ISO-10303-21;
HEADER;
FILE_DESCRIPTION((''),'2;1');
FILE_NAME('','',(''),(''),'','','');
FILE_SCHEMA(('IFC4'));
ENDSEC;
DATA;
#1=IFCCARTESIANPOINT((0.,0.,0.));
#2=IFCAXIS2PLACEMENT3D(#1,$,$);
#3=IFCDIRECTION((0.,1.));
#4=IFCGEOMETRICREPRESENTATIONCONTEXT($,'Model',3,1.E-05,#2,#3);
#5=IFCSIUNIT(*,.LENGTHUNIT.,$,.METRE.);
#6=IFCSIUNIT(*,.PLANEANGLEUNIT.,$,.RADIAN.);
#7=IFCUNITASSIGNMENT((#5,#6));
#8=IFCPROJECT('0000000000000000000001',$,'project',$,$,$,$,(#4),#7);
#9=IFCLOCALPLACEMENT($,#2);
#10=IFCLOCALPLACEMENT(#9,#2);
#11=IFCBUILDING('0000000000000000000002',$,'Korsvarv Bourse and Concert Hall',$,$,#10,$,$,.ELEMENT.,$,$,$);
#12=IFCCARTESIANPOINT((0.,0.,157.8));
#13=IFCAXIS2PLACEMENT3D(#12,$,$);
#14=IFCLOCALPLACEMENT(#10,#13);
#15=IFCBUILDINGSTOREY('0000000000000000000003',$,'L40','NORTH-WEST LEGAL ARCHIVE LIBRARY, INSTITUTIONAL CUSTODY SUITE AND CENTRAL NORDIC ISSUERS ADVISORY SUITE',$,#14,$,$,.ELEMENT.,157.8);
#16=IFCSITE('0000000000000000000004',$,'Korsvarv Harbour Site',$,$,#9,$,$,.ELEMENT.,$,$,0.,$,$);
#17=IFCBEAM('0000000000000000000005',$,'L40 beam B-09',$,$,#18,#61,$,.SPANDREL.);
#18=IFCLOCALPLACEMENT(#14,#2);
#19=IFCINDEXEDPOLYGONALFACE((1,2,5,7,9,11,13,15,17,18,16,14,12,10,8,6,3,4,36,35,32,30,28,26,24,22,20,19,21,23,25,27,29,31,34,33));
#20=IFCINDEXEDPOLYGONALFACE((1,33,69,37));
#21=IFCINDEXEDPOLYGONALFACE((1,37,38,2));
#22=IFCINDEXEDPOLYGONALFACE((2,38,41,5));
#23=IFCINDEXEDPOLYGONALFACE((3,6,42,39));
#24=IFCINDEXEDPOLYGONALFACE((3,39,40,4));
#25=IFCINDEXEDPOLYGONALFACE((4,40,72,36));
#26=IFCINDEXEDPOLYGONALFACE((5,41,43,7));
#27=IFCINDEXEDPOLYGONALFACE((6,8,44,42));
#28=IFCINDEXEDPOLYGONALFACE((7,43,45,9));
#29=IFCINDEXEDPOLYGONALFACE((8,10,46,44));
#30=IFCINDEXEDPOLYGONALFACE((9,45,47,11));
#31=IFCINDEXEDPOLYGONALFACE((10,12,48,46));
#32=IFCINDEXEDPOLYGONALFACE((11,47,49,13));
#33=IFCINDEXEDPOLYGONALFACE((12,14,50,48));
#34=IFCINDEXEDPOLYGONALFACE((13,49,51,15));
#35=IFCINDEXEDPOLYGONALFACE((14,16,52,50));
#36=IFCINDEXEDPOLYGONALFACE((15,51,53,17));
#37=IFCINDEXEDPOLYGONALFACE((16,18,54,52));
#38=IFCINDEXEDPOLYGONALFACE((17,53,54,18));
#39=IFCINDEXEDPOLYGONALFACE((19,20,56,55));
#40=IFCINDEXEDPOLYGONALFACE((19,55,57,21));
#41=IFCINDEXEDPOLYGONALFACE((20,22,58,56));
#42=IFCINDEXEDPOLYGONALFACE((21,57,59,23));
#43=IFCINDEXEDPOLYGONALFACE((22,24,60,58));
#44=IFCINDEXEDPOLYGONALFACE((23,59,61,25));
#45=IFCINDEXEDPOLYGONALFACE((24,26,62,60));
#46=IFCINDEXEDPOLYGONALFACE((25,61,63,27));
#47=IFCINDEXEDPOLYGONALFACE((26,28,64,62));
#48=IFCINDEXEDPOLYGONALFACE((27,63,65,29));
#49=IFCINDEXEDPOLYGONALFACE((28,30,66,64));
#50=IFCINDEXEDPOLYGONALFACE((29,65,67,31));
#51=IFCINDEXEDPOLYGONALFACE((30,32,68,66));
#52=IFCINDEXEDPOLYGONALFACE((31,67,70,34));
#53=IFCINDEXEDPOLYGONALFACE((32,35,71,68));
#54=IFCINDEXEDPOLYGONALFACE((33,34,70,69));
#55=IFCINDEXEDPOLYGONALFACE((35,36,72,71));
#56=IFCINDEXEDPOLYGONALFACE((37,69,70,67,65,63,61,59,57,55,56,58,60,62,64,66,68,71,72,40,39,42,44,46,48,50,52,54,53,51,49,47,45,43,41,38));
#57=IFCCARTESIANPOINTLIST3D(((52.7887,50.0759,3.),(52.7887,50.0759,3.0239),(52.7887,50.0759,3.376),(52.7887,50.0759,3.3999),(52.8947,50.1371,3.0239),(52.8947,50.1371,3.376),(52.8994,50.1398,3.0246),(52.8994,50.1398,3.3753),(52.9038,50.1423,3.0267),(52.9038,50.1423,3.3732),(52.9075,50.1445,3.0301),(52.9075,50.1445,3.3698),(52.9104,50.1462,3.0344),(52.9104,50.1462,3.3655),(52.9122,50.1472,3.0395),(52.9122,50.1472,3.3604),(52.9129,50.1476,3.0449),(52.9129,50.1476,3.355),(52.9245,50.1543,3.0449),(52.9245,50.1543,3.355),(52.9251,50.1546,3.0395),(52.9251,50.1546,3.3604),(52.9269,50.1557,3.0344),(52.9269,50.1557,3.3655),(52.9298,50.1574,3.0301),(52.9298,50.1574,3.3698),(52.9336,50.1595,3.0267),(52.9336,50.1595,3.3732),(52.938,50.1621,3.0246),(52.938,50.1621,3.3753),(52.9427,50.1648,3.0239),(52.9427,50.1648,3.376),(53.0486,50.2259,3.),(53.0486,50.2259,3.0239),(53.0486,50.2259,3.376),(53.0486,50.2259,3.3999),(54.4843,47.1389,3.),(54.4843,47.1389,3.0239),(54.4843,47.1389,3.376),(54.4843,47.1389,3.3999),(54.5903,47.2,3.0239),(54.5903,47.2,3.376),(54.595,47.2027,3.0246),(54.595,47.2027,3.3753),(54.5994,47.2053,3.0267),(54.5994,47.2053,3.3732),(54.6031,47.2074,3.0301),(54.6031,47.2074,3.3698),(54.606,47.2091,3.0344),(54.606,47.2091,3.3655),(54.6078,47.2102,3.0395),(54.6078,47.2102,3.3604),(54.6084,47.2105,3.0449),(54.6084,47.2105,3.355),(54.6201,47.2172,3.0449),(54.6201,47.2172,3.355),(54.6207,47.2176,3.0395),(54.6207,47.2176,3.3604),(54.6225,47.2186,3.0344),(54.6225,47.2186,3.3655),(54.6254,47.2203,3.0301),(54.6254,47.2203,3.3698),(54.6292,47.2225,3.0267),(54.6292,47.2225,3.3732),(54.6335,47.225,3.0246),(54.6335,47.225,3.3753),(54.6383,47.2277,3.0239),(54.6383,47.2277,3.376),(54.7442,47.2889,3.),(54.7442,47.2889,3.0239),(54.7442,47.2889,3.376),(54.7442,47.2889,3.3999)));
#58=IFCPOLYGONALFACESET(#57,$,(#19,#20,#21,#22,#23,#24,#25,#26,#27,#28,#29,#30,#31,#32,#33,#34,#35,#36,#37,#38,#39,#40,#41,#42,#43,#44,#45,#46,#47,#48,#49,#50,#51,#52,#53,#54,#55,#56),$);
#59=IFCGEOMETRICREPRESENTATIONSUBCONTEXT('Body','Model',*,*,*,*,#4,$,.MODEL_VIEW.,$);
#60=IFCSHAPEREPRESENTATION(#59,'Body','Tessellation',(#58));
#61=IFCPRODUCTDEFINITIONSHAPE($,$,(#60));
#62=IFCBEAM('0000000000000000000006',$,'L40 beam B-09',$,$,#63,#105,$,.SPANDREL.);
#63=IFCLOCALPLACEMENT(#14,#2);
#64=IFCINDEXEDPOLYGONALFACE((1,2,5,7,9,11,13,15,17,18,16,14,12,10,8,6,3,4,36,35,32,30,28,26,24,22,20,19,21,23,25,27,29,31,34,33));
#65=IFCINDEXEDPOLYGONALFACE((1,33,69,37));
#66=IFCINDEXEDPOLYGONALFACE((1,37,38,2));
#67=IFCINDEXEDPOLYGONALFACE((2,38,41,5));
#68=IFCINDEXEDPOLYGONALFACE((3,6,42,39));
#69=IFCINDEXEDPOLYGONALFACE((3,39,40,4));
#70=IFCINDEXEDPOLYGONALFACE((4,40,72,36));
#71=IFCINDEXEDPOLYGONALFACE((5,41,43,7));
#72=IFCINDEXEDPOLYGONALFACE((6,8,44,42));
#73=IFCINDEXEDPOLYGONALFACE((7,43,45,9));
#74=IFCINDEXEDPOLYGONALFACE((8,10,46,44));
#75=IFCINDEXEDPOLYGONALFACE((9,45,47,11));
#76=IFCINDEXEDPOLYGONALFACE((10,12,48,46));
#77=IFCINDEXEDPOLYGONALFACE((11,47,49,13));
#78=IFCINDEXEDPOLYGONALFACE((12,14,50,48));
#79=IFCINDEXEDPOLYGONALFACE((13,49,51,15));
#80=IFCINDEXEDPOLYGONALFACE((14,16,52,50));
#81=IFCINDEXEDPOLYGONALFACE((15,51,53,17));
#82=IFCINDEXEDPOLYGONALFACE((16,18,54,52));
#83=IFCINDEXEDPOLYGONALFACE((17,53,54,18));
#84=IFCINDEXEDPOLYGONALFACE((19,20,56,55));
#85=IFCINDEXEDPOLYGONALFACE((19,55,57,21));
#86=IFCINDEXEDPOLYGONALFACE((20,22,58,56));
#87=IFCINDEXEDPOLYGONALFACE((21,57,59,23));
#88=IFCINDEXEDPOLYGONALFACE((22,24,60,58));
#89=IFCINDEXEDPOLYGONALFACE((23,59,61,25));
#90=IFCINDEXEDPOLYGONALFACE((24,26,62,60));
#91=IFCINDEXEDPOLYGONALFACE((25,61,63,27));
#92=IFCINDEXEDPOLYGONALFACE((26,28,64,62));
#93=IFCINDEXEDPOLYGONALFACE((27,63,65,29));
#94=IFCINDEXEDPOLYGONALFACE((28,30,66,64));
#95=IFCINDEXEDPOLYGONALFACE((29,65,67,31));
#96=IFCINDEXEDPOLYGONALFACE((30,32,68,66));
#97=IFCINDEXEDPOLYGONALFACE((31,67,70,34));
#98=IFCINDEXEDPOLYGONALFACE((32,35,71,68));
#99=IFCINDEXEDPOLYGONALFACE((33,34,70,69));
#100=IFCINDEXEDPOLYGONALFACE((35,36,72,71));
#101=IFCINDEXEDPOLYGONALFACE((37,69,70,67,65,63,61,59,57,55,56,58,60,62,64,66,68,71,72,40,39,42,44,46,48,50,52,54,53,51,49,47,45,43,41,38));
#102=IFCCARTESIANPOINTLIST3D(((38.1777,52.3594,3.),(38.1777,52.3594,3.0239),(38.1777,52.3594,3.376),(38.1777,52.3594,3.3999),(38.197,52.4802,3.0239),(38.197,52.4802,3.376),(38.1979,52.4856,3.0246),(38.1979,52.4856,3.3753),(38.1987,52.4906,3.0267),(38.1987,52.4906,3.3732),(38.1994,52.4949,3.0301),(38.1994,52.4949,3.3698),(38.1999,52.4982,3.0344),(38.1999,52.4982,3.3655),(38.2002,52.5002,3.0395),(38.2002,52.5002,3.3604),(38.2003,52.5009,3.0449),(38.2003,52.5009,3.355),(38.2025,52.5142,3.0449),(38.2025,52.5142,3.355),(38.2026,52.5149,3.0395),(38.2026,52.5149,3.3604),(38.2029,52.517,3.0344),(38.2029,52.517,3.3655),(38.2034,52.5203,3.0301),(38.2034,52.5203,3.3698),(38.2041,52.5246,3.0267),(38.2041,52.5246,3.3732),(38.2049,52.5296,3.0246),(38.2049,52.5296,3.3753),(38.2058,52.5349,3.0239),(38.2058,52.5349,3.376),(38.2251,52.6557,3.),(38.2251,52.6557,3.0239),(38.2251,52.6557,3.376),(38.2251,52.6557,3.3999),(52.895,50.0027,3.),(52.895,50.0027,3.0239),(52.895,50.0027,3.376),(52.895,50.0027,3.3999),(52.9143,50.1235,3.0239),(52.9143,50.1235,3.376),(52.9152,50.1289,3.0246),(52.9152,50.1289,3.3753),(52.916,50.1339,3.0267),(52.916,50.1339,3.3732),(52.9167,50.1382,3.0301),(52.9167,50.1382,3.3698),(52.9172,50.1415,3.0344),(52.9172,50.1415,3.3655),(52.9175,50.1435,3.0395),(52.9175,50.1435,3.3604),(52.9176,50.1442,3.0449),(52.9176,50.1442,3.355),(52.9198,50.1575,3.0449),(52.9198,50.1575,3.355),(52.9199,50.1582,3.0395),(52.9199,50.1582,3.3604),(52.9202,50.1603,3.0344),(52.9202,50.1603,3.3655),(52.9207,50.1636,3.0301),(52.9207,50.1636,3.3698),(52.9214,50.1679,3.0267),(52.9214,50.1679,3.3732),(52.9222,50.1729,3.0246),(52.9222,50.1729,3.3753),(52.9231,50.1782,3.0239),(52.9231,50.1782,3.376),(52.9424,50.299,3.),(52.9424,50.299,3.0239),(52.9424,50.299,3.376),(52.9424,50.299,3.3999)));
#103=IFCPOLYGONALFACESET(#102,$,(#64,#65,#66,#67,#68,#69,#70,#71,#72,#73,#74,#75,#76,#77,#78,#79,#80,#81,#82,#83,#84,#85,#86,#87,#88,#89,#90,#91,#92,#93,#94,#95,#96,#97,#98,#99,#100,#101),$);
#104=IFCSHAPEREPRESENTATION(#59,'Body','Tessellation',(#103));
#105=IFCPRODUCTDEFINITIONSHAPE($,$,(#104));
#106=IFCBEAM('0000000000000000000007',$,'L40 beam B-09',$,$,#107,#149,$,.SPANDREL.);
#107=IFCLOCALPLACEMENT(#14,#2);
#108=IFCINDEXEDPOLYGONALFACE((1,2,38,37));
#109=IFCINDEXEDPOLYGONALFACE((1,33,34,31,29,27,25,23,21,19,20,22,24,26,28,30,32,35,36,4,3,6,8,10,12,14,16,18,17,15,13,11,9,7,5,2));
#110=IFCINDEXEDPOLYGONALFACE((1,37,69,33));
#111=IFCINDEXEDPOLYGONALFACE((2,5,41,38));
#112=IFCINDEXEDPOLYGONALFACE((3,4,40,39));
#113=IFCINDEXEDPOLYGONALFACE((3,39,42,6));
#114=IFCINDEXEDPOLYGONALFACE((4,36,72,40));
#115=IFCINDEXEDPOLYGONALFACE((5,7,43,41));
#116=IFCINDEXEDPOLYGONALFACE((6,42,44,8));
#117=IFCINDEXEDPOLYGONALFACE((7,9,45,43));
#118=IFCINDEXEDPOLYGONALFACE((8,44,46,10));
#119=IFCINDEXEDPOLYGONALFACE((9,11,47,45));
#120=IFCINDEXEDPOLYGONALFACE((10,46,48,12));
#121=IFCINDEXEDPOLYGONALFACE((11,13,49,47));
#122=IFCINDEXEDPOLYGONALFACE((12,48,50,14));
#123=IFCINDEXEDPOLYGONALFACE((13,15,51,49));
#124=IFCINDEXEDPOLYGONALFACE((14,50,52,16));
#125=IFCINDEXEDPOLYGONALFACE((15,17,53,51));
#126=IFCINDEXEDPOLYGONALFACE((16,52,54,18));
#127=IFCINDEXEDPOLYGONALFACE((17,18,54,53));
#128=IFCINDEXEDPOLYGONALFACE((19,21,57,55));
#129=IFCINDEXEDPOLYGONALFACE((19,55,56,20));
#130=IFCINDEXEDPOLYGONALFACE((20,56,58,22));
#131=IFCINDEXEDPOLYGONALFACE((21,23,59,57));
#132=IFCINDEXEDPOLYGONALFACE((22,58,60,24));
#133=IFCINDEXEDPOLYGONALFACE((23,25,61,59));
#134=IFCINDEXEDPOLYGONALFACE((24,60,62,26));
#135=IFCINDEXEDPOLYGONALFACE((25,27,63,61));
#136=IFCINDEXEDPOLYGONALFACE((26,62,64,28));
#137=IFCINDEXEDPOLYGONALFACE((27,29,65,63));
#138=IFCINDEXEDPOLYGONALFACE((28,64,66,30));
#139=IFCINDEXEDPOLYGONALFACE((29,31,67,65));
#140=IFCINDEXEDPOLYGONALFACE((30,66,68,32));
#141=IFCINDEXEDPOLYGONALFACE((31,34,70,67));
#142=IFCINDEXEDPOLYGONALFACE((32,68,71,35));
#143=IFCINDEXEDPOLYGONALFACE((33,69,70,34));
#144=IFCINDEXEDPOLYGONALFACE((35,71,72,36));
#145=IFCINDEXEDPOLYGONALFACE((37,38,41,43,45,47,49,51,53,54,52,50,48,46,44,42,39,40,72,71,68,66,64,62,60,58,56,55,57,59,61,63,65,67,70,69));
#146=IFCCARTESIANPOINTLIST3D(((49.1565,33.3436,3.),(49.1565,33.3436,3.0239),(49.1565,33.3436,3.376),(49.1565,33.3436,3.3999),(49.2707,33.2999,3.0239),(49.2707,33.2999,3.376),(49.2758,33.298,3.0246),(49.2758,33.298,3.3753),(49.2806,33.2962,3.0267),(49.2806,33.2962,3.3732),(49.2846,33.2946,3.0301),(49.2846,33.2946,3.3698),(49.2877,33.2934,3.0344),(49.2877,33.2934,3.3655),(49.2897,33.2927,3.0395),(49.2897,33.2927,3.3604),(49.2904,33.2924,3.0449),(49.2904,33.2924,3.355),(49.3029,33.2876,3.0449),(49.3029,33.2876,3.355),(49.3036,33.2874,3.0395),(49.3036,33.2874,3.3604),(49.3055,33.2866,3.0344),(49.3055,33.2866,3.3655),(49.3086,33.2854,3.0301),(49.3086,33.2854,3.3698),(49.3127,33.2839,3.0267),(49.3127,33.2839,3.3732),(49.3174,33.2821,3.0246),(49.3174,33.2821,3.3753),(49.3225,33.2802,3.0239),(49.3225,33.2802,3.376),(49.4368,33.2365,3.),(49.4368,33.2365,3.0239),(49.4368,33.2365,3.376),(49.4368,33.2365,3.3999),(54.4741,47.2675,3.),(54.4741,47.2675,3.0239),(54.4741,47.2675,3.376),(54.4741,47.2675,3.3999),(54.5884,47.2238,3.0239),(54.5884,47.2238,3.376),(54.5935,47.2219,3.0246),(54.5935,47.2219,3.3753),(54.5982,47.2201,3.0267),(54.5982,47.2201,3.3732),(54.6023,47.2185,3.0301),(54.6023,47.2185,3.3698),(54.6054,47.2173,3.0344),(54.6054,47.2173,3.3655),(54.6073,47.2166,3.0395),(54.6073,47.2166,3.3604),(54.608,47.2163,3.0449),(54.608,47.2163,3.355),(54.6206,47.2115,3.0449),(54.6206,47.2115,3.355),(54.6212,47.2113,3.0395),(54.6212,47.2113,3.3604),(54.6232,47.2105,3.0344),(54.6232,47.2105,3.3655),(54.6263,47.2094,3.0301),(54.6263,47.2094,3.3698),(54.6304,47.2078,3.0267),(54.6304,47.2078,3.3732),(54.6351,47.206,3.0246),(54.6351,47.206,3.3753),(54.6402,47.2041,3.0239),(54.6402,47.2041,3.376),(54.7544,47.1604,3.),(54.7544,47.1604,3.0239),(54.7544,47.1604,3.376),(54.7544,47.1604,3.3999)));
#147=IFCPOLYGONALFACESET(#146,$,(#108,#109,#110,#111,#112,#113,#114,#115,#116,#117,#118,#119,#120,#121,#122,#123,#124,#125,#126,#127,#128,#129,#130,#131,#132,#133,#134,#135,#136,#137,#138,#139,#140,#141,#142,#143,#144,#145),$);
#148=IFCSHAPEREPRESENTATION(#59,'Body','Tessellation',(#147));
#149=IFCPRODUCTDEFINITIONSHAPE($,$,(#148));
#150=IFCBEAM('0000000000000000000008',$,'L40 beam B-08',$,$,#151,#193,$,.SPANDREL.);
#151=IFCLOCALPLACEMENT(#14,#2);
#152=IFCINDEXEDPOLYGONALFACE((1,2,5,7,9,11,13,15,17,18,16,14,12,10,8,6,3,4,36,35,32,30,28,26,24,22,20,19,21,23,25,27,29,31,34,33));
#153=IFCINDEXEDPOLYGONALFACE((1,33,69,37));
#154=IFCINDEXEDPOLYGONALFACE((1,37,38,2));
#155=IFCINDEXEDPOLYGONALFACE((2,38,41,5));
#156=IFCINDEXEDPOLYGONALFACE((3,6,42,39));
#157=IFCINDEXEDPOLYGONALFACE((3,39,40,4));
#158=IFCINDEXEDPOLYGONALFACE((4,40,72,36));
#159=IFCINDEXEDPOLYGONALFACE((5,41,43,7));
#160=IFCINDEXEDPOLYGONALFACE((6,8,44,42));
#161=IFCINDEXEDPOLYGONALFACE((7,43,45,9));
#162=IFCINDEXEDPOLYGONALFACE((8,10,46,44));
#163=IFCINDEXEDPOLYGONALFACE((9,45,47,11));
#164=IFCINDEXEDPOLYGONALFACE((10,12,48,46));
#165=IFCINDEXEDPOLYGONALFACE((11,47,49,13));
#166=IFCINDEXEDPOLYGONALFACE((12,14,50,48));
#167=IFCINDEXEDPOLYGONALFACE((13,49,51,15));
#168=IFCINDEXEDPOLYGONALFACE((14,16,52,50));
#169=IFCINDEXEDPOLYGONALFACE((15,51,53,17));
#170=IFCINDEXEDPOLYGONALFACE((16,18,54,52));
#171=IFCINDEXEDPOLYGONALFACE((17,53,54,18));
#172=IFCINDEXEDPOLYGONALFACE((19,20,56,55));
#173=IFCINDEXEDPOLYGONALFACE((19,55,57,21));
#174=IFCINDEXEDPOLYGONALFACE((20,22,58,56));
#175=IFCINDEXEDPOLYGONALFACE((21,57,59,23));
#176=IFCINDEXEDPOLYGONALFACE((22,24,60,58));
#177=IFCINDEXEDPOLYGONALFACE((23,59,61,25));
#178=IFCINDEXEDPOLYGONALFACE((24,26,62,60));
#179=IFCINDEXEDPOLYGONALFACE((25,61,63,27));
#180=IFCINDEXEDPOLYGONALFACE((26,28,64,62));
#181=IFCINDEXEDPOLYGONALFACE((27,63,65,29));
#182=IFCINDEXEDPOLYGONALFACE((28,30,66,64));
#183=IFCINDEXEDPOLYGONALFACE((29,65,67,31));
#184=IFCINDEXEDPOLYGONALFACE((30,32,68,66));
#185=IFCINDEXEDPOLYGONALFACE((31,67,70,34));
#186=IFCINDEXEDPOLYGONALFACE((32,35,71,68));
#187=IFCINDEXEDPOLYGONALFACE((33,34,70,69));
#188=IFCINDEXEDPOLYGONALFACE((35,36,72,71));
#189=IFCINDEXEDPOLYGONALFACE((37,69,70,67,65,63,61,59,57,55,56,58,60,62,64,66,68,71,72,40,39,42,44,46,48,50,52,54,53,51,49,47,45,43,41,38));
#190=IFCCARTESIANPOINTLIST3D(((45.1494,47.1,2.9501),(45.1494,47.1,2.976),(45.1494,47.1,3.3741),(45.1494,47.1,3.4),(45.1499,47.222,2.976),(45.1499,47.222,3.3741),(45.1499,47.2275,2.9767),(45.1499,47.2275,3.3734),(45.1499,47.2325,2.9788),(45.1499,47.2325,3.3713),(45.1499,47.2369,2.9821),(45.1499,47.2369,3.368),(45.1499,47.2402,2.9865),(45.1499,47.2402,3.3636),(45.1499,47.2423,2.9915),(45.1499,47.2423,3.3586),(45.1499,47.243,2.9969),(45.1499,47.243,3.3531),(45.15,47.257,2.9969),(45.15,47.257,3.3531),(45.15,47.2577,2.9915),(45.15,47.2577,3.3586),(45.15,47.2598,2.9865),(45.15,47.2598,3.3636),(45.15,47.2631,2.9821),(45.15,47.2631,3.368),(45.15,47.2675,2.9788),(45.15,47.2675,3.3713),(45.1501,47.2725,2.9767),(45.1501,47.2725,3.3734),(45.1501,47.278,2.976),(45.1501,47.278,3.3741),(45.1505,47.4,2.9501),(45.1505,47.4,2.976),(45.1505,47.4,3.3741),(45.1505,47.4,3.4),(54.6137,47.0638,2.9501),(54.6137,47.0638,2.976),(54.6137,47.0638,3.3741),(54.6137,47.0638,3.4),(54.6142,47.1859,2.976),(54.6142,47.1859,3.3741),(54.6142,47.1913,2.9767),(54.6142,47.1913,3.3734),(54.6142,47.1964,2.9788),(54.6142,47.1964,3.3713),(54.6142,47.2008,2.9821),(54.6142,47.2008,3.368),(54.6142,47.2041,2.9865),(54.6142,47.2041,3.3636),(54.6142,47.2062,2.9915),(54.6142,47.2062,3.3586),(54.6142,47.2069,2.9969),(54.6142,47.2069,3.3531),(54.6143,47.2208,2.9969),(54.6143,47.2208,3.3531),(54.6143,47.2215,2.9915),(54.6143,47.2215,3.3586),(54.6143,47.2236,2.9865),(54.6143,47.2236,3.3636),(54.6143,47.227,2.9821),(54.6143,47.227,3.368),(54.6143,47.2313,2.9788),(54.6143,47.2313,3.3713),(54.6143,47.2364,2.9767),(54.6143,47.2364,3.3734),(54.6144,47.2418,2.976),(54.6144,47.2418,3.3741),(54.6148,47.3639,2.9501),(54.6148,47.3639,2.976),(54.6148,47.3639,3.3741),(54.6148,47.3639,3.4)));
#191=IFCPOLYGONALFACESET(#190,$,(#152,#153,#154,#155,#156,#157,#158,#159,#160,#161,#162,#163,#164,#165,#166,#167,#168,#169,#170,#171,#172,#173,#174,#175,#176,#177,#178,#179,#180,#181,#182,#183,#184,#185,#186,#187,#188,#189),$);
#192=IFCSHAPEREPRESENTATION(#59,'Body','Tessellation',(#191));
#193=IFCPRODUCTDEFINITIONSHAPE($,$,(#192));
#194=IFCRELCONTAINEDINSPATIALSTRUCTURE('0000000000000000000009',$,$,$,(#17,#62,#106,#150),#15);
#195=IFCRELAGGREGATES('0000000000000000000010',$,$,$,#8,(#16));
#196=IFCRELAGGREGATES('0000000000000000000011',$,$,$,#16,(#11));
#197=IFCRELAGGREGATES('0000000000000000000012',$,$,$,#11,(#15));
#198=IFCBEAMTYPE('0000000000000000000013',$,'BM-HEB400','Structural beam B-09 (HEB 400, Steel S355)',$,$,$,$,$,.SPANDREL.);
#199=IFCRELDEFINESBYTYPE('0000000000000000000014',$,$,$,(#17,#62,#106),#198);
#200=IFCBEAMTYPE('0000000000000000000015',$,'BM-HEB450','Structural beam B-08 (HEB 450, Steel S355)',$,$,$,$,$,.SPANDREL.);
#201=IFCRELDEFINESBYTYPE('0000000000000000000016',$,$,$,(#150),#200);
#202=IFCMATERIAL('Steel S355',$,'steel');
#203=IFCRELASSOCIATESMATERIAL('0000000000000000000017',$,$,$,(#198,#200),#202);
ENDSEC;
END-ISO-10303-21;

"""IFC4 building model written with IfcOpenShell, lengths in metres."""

from ifc_helpers import new_model, si_unit, direction, frame, origin, origin_2d, place, context, subcontext, project, spatial, i_section, extrude, source, transform, mapped, material, material_profile, profile_set, type_object, element, save


model = new_model("IFC4")

# Units and contexts
model_context = context("Model", 3, precision=1e-05, world=origin(), true_north=direction((0.0, 1.0)))
body_context = subcontext(model_context, "Body", "Model", "MODEL_VIEW")
ifc_project = project(units=[si_unit("LENGTHUNIT", "METRE"), si_unit("PLANEANGLEUNIT", "RADIAN")], contexts=[model_context])

# Site, building, storey
site_placement = place(None, origin())
site = spatial("IfcSite", under=ifc_project, at=site_placement, Name="Korsvarv Harbour Site", CompositionType="ELEMENT", RefElevation=0.0)
building_placement = place(site_placement, origin())
building = spatial("IfcBuilding", under=site, at=building_placement, Name="Korsvarv Bourse and Concert Hall", CompositionType="ELEMENT")
storey_placement = place(building_placement, frame((0.0, 0.0, 157.8)))
storey = spatial("IfcBuildingStorey", under=building, at=storey_placement, Name="L40", Description="NORTH-WEST LEGAL ARCHIVE LIBRARY, INSTITUTIONAL CUSTODY SUITE AND CENTRAL NORDIC ISSUERS ADVISORY SUITE", CompositionType="ELEMENT", Elevation=157.8)

# Shared definitions
ifc_material_1 = material(Name="Steel S355", Category="steel")

# Beams
ifc_material_profile_1 = material_profile(ifc_material_1, i_section(OverallWidth=0.3, OverallDepth=0.3999, WebThickness=0.0134, FlangeThickness=0.0239, FilletRadius=0.021, at=origin_2d()), Name="HEB 400")
ifc_profile_set_1 = profile_set([ifc_material_profile_1], Name="Steel S355")
beam_type_1 = type_object("IfcBeamType", Name="BM-HEB400", Description="Structural beam B-09 (HEB 400, Steel S355)", PredefinedType="SPANDREL", material=ifc_profile_set_1)
shared_shape_1 = source(origin(), body_context, "Body", "SweptSolid", [
    extrude(i_section(OverallWidth=0.3, OverallDepth=0.3999, WebThickness=0.0134, FlangeThickness=0.0239, FilletRadius=0.021, at=origin_2d()), origin(), (0.0, 0.0, 1.0), 3.3914),
])
beam_1_placement = place(storey_placement, frame((54.6143, 47.2139, 3.2), z_axis=(-0.499972, 0.866042, 0.0), x_axis=(-0.866042, -0.499972, 0.0)))
element("IfcBeam", 1, at=beam_1_placement, inside=storey, type_object=beam_type_1, Name="L40 beam B-09", PredefinedType="SPANDREL", context=body_context, shape_type="MappedRepresentation", body=[
    mapped(shared_shape_1, transform((0.0, 0.0, 0.0), scale=1.0)),
])
shared_shape_2 = source(origin(), body_context, "Body", "SweptSolid", [
    extrude(i_section(OverallWidth=0.3, OverallDepth=0.3999, WebThickness=0.0134, FlangeThickness=0.0239, FilletRadius=0.021, at=origin_2d()), origin(), (0.0, 0.0, 1.0), 14.9048),
])
for number, where, z_axis, x_axis, name in (
    (2, (52.9187, 50.1509, 3.2), (-0.98742, 0.158116, 0.0), (-0.158116, -0.98742, 0.0), "L40 beam B-09"),
    (3, (49.2966, 33.29, 3.2), (0.356775, 0.93419, 0.0), (-0.93419, 0.356775, 0.0), "L40 beam B-09"),
):
    element("IfcBeam", number, at=place(storey_placement, frame(where, z_axis=z_axis, x_axis=x_axis)), inside=storey, type_object=beam_type_1, Name=name, PredefinedType="SPANDREL", context=body_context, shape_type="MappedRepresentation", body=[
        mapped(shared_shape_2, transform((0.0, 0.0, 0.0), scale=1.0)),
    ])
ifc_material_profile_2 = material_profile(ifc_material_1, i_section(OverallWidth=0.3, OverallDepth=0.45, WebThickness=0.0139, FlangeThickness=0.0259, FilletRadius=0.021, at=origin_2d()), Name="HEB 450")
ifc_profile_set_2 = profile_set([ifc_material_profile_2], Name="Steel S355")
beam_type_2 = type_object("IfcBeamType", Name="BM-HEB450", Description="Structural beam B-08 (HEB 450, Steel S355)", PredefinedType="SPANDREL", material=ifc_profile_set_2)
shared_shape_3 = source(origin(), body_context, "Body", "SweptSolid", [
    extrude(i_section(OverallWidth=0.3, OverallDepth=0.45, WebThickness=0.0139, FlangeThickness=0.0259, FilletRadius=0.021, at=origin_2d()), origin(), (0.0, 0.0, 1.0), 9.4644),
])
beam_2_placement = place(storey_placement, frame((54.6143, 47.2139, 3.175), z_axis=(-0.999993, 0.003818, 0.0), x_axis=(-0.003818, -0.999993, 0.0)))
element("IfcBeam", 4, at=beam_2_placement, inside=storey, type_object=beam_type_2, Name="L40 beam B-08", PredefinedType="SPANDREL", context=body_context, shape_type="MappedRepresentation", body=[
    mapped(shared_shape_3, transform((0.0, 0.0, 0.0), scale=1.0)),
])

save(model, "model.ifc")
